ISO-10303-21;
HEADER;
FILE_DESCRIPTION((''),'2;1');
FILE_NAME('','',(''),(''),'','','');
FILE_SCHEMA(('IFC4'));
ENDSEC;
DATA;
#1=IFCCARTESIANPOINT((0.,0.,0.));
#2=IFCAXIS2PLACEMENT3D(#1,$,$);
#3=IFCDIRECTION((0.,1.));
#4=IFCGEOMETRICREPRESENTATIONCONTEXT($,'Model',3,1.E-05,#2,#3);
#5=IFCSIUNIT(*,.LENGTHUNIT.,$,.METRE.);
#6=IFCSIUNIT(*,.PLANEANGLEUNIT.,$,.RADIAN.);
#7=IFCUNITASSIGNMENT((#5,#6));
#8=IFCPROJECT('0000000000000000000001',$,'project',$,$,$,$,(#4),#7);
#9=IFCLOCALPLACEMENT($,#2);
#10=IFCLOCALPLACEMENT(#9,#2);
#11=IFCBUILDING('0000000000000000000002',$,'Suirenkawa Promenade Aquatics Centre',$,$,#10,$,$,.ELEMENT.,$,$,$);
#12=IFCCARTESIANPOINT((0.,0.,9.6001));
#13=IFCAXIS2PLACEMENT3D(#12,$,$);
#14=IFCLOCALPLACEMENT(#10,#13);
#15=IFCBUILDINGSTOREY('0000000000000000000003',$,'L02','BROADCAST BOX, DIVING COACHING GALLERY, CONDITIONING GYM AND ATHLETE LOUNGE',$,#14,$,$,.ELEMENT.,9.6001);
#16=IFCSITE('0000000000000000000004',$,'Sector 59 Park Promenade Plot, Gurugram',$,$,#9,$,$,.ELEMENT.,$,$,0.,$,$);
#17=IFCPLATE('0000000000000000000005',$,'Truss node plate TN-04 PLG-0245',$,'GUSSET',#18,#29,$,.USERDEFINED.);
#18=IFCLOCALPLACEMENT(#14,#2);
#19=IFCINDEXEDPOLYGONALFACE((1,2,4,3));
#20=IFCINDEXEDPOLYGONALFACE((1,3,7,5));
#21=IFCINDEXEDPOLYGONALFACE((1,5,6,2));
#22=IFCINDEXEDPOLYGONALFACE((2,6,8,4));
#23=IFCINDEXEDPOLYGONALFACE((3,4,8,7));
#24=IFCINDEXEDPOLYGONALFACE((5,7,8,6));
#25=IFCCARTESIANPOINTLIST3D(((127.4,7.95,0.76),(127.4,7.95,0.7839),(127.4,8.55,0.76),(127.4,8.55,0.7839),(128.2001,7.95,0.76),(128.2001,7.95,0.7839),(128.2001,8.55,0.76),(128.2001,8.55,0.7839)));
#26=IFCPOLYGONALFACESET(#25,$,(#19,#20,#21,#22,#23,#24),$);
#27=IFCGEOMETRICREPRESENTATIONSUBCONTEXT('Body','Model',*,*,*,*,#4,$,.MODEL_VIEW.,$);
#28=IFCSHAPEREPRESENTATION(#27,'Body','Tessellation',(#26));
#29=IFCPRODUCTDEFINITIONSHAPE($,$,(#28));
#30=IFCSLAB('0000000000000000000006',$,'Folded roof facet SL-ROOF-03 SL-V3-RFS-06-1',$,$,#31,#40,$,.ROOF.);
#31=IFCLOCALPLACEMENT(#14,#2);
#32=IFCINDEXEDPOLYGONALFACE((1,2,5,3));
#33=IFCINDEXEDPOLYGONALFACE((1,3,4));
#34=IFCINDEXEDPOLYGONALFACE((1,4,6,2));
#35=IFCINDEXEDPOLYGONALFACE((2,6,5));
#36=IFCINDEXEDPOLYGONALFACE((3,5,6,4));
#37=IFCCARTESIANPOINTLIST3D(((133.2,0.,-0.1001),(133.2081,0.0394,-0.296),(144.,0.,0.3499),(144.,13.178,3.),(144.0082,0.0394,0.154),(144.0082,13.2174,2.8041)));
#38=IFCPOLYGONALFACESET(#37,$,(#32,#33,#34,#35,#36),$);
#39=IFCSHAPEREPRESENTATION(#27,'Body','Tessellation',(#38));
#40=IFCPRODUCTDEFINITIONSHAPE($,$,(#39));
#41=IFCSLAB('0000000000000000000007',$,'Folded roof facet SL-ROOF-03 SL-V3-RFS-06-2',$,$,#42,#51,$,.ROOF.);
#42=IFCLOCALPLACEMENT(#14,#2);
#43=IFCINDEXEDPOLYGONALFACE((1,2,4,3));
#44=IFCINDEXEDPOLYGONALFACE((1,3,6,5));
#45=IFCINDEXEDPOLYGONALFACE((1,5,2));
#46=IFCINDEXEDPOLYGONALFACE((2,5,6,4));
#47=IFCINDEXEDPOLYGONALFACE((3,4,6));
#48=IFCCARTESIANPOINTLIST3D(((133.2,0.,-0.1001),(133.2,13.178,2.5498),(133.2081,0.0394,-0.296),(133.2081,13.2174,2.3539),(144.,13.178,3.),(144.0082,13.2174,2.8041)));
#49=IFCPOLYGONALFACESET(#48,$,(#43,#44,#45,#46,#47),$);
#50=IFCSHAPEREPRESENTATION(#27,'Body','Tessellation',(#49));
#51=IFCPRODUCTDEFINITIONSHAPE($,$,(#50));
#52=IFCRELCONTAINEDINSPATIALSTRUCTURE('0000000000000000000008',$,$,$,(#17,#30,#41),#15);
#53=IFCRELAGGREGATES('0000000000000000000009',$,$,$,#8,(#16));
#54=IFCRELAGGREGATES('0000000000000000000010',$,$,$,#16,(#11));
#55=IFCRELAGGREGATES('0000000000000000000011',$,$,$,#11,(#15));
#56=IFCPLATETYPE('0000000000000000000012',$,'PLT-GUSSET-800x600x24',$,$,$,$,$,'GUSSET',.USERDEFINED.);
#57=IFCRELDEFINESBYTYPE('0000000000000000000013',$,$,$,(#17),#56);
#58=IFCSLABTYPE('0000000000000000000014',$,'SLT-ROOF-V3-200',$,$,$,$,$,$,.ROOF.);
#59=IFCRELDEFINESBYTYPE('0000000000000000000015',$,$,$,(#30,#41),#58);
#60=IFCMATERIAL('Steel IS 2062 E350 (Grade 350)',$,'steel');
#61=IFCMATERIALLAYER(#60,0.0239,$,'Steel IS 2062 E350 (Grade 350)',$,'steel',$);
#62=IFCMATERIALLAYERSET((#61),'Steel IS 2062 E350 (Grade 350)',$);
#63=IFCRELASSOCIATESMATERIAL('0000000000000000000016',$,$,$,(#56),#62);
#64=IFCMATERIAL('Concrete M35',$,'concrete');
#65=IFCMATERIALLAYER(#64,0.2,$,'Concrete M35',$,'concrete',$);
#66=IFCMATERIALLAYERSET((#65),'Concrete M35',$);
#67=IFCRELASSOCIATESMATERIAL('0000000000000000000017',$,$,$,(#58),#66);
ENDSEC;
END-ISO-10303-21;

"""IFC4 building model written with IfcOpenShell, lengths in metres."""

from ifc_helpers import new_model, si_unit, direction, frame, origin, origin_2d, place, context, subcontext, project, spatial, polyline, rectangle, outline, extrude, material, layer, layer_set, type_object, element, save


model = new_model("IFC4")

# Units and contexts
model_context = context("Model", 3, precision=1e-05, world=origin(), true_north=direction((0.0, 1.0)))
body_context = subcontext(model_context, "Body", "Model", "MODEL_VIEW")
ifc_project = project(units=[si_unit("LENGTHUNIT", "METRE"), si_unit("PLANEANGLEUNIT", "RADIAN")], contexts=[model_context])

# Site, building, storey
site_placement = place(None, origin())
site = spatial("IfcSite", under=ifc_project, at=site_placement, Name="Sector 59 Park Promenade Plot, Gurugram", CompositionType="ELEMENT", RefElevation=0.0)
building_placement = place(site_placement, origin())
building = spatial("IfcBuilding", under=site, at=building_placement, Name="Suirenkawa Promenade Aquatics Centre", CompositionType="ELEMENT")
storey_placement = place(building_placement, frame((0.0, 0.0, 9.6001)))
storey = spatial("IfcBuildingStorey", under=building, at=storey_placement, Name="L02", Description="BROADCAST BOX, DIVING COACHING GALLERY, CONDITIONING GYM AND ATHLETE LOUNGE", CompositionType="ELEMENT", Elevation=9.6001)

# Shared definitions
ifc_material_1 = material(Name="Steel IS 2062 E350 (Grade 350)", Category="steel")

# Plate
ifc_layer_1 = layer(ifc_material_1, 0.0239, Name="Steel IS 2062 E350 (Grade 350)", Category="steel")
ifc_layer_set_1 = layer_set([ifc_layer_1], Name="Steel IS 2062 E350 (Grade 350)")
plate_type_1 = type_object("IfcPlateType", Name="PLT-GUSSET-800x600x24", ElementType="GUSSET", PredefinedType="USERDEFINED", material=ifc_layer_set_1)
for number, where, z_axis, x_axis, name in (
    (1, (127.8, 8.25, 0.76), (0.0, 0.0, 1.0), (1.0, 0.0, 0.0), "Truss node plate TN-04 PLG-0245"),
):
    element("IfcPlate", number, at=place(storey_placement, frame(where, z_axis=z_axis, x_axis=x_axis)), inside=storey, type_object=plate_type_1, Name=name, ObjectType="GUSSET", PredefinedType="USERDEFINED", context=body_context, shape_type="SweptSolid", body=[
        extrude(rectangle(XDim=0.8, YDim=0.6001, at=origin_2d()), origin(), (0.0, 0.0, 1.0), 0.0239),
    ])

# Slabs
ifc_material_2 = material(Name="Concrete M35", Category="concrete")
ifc_layer_2 = layer(ifc_material_2, 0.2, Name="Concrete M35", Category="concrete")
ifc_layer_set_2 = layer_set([ifc_layer_2], Name="Concrete M35")
slab_type = type_object("IfcSlabType", Name="SLT-ROOF-V3-200", PredefinedType="ROOF", material=ifc_layer_set_2)
slab_1_placement = place(storey_placement, frame((133.2, 0.0, -0.1001), z_axis=(-0.04081, -0.196993, 0.979555), x_axis=(0.999133, 0.0, 0.041626)))
element("IfcSlab", 2, at=slab_1_placement, inside=storey, type_object=slab_type, Name="Folded roof facet SL-ROOF-03 SL-V3-RFS-06-1", PredefinedType="ROOF", context=body_context, shape_type="SweptSolid", body=[
    extrude(outline(polyline([(0.0, 0.0), (10.8094, 0.0), (10.9197, 13.4414), (0.0, 0.0)])), origin(), (0.0, 0.0, -1.0), 0.2),
])
slab_2_placement = place(storey_placement, frame((133.2, 0.0, -0.1001), z_axis=(-0.040832, -0.196975, 0.979558), x_axis=(0.623634, 0.760944, 0.179011)))
element("IfcSlab", 3, at=slab_2_placement, inside=storey, type_object=slab_type, Name="Folded roof facet SL-ROOF-03 SL-V3-RFS-06-2", PredefinedType="ROOF", context=body_context, shape_type="SweptSolid", body=[
    extrude(outline(polyline([(0.0, 0.0), (17.3179, 0.0), (10.5021, 8.3897), (0.0, 0.0)])), origin(), (0.0, 0.0, -1.0), 0.2),
])

save(model, "model.ifc")
